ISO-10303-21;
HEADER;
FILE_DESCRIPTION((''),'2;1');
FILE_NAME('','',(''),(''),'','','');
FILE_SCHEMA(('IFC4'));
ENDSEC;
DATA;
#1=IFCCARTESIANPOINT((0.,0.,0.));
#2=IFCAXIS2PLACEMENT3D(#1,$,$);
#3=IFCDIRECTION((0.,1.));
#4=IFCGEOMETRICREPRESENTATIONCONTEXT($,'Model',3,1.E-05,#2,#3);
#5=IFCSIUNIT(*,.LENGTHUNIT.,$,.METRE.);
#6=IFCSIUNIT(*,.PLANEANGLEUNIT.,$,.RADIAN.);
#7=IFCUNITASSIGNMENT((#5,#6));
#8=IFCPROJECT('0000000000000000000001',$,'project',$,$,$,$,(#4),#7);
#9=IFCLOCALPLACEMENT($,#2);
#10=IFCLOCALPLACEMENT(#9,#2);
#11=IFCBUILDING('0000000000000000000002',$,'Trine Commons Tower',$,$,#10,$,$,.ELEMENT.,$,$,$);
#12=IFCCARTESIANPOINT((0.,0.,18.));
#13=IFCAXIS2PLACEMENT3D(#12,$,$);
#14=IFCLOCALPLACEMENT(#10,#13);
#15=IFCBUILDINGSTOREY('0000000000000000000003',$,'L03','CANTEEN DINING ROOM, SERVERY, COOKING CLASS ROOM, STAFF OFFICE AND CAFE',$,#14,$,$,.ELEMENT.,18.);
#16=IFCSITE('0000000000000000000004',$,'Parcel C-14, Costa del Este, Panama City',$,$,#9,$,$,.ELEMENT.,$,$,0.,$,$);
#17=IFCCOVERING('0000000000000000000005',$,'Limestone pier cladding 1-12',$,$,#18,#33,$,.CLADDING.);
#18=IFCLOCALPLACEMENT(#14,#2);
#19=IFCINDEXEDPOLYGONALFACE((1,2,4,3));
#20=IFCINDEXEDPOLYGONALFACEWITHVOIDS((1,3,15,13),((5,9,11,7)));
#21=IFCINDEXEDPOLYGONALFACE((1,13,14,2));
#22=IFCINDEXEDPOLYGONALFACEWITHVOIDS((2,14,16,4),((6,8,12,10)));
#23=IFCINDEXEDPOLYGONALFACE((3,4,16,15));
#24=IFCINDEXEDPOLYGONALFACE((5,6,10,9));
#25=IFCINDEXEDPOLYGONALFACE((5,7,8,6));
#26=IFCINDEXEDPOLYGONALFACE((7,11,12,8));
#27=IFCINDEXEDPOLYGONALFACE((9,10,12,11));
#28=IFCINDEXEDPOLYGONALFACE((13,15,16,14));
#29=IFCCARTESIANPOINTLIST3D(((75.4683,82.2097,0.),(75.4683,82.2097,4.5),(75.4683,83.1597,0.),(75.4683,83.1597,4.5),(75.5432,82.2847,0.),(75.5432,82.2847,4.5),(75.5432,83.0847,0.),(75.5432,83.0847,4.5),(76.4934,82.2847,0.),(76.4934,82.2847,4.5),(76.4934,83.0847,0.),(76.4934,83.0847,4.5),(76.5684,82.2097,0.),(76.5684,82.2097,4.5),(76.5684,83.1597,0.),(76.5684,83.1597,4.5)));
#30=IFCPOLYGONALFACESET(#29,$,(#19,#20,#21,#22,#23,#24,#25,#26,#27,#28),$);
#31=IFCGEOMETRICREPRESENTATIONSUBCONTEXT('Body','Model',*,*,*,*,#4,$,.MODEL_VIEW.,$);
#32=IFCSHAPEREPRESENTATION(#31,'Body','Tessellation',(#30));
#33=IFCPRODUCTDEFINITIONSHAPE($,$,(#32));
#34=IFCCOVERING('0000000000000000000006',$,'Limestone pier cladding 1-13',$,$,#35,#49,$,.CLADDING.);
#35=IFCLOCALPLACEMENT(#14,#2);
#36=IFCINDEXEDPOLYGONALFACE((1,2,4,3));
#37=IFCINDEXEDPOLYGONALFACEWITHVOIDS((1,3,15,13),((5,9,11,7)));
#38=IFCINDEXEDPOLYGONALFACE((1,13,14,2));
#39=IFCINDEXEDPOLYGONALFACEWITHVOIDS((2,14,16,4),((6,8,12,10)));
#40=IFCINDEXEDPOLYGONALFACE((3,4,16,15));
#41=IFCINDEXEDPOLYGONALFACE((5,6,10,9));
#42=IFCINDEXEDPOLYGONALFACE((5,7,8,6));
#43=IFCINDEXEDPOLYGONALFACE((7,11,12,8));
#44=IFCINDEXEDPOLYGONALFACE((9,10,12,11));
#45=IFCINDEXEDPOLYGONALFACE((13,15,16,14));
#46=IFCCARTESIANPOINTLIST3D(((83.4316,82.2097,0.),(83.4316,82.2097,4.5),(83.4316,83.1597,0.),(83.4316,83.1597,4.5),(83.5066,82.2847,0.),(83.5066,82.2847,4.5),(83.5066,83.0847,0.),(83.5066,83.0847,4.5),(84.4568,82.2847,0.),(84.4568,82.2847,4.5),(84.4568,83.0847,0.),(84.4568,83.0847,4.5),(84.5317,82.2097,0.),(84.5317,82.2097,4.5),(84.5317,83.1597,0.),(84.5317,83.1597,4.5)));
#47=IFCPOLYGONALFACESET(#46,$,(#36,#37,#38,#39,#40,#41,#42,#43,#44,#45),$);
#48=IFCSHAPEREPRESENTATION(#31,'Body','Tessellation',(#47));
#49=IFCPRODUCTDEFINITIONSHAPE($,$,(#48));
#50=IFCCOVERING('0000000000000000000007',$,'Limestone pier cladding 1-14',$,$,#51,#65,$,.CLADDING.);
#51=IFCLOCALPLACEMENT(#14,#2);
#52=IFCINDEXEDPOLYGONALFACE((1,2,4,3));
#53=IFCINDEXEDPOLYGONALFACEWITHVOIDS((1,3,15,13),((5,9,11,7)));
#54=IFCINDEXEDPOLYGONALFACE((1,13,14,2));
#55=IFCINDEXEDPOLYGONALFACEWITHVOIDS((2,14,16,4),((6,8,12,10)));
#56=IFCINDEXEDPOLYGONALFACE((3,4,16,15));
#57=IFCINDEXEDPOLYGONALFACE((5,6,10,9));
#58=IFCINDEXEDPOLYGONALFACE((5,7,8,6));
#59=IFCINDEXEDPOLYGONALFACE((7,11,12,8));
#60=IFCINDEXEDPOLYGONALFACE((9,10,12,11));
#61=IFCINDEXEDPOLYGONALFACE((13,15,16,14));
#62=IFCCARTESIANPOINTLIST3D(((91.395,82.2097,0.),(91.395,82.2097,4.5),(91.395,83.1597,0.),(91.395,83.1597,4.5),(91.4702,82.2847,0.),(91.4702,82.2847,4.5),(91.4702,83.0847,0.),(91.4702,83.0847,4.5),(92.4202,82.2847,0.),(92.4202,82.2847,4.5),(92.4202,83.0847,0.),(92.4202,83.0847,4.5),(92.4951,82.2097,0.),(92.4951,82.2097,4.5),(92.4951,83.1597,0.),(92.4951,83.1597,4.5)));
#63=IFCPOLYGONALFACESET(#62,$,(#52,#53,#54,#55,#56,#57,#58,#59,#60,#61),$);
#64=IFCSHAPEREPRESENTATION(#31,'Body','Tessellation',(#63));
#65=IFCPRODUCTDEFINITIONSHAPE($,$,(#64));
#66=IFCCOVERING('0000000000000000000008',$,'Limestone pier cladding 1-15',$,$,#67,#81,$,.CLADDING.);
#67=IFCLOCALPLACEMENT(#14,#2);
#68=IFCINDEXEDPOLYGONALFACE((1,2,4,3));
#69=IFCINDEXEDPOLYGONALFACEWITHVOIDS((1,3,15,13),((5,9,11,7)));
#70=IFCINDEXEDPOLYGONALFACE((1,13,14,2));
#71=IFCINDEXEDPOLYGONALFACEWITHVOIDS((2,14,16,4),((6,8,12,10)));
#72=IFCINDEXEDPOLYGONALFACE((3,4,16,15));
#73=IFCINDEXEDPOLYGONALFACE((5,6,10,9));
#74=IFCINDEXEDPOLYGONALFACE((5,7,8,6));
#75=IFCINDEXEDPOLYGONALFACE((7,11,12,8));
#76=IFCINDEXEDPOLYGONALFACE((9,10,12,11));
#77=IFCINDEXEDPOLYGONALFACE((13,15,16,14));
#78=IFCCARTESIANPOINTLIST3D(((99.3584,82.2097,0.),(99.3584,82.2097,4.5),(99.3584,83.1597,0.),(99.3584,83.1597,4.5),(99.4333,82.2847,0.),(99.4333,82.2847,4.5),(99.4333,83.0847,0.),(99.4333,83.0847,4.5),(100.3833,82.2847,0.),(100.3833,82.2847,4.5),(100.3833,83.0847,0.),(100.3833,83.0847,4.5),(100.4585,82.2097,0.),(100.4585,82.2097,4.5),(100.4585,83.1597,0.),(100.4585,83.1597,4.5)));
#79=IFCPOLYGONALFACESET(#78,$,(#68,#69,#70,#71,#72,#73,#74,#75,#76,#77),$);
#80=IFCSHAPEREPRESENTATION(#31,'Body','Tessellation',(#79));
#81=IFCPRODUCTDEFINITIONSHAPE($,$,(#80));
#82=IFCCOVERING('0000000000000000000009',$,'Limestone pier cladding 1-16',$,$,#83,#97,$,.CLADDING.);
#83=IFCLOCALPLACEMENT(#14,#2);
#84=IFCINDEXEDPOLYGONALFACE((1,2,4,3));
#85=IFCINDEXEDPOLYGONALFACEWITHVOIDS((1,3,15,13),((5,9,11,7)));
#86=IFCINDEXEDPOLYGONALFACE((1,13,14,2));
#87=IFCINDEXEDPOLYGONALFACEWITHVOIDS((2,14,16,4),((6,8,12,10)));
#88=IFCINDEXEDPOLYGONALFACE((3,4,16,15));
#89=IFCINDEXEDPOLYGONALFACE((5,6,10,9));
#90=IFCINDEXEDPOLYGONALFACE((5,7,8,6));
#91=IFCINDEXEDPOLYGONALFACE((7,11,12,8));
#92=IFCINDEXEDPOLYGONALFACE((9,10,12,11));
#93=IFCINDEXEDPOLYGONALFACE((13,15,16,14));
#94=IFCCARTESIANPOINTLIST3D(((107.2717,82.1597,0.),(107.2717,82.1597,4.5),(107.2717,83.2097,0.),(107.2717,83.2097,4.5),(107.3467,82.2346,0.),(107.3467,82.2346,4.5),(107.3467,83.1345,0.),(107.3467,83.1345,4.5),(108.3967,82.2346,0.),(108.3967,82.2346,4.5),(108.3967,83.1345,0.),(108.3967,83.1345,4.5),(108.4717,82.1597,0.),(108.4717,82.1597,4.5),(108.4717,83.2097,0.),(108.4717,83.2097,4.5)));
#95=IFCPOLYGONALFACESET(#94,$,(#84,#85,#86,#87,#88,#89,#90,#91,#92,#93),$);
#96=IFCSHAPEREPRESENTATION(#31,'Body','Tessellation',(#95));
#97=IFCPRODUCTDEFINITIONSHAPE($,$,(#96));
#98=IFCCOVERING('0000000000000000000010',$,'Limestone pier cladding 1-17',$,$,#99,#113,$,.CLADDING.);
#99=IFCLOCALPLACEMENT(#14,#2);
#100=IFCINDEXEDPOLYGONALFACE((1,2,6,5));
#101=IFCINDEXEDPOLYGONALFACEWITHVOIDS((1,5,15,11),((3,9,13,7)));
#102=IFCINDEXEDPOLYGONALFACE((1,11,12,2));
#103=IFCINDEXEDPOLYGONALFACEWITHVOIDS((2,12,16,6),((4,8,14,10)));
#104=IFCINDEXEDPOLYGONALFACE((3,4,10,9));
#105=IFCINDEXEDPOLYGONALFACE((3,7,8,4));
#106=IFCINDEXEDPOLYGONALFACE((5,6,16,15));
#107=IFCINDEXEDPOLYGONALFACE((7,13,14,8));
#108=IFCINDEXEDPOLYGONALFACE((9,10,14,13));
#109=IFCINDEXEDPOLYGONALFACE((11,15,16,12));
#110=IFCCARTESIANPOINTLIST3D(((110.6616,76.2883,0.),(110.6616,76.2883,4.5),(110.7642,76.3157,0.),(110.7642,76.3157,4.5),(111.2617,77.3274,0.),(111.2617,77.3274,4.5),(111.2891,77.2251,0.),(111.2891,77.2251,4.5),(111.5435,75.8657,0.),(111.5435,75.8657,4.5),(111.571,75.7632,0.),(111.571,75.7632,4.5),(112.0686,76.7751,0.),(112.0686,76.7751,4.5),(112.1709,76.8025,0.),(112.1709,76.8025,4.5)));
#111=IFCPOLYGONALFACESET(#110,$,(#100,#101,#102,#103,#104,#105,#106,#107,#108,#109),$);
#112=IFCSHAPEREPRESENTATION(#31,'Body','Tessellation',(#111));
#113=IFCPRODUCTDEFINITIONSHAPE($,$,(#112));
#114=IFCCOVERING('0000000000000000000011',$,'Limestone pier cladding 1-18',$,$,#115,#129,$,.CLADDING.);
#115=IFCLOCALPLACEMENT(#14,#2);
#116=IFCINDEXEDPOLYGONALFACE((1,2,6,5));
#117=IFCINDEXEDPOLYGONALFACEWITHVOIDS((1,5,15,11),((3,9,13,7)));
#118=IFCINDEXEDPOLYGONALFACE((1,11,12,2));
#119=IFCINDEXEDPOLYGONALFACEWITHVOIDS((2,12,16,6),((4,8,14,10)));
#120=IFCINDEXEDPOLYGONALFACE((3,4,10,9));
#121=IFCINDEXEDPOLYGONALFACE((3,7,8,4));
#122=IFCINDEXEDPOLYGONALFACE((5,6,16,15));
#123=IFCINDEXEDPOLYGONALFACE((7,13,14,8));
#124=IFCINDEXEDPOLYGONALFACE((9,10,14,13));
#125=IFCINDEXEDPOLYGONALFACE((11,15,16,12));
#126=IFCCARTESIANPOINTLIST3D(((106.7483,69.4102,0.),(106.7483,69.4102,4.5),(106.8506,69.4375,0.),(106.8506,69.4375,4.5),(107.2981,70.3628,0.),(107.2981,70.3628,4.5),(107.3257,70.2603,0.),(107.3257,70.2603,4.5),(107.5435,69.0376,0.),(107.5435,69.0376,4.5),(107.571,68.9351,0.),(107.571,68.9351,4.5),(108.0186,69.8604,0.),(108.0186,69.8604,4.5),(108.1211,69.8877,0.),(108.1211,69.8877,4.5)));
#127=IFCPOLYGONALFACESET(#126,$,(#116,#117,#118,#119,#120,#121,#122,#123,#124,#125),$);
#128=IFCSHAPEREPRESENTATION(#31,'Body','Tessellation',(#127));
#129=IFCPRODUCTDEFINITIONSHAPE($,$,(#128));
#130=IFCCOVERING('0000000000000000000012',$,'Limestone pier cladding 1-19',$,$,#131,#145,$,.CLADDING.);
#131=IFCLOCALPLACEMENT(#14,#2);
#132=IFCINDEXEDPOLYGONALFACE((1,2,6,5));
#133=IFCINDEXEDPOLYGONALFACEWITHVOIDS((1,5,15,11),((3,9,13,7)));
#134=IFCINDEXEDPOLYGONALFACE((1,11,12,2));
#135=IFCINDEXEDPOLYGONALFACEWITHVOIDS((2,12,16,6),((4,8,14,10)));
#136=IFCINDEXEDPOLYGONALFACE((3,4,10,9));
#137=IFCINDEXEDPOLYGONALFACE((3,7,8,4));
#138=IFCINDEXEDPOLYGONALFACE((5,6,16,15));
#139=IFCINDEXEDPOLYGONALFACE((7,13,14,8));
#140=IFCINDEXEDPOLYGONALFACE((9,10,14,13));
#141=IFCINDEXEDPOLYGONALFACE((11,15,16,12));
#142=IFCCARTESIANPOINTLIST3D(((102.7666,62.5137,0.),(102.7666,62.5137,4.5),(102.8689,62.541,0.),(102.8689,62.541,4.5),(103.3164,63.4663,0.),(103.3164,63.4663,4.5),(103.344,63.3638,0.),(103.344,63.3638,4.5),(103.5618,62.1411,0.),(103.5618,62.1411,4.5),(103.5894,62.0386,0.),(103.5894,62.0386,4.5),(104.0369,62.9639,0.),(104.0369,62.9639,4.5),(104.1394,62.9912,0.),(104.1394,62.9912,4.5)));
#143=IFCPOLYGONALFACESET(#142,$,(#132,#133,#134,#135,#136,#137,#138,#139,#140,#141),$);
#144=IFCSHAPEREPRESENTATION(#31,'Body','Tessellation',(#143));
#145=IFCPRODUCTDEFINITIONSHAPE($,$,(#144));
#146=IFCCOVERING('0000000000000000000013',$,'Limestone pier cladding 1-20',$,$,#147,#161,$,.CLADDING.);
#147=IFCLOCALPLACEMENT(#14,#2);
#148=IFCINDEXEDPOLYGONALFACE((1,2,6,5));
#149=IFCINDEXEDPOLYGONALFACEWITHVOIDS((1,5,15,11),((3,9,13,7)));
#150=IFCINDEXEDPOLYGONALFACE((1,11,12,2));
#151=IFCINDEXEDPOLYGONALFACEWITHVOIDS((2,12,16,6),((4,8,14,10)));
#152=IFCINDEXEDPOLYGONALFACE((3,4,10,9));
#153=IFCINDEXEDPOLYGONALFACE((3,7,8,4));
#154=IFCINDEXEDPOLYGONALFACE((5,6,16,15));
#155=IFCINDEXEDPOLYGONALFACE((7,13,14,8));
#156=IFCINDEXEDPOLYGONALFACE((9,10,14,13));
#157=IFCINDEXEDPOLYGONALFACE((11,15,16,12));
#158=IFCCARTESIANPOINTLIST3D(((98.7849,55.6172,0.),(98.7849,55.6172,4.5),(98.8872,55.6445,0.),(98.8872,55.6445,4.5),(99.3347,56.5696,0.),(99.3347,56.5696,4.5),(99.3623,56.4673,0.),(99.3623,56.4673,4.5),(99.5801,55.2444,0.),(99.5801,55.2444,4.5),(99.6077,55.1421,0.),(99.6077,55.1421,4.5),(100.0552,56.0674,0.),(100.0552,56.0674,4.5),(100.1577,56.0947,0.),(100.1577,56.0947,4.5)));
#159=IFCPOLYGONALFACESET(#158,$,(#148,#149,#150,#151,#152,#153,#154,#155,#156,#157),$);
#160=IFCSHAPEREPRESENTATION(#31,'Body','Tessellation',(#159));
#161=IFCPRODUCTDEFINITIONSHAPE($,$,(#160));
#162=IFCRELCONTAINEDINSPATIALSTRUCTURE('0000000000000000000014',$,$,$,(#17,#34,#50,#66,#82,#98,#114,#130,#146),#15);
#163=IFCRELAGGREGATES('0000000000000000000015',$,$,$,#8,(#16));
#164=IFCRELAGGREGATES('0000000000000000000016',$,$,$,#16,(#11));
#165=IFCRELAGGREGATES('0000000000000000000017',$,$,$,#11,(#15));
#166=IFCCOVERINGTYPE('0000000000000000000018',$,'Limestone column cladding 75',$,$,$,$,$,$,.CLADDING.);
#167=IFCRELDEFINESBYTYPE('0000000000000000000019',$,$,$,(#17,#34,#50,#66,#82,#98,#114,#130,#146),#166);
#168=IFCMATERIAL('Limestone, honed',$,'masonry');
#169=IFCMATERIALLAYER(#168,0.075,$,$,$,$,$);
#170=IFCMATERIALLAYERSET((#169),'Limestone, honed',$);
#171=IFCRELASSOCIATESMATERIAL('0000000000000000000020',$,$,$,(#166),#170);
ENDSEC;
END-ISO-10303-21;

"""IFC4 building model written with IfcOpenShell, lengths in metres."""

from ifc_helpers import new_model, si_unit, direction, frame, origin, place, context, subcontext, project, spatial, polyline, outline, extrude, material, layer, layer_set, type_object, element, save


model = new_model("IFC4")

# Units and contexts
model_context = context("Model", 3, precision=1e-05, world=origin(), true_north=direction((0.0, 1.0)))
body_context = subcontext(model_context, "Body", "Model", "MODEL_VIEW")
ifc_project = project(units=[si_unit("LENGTHUNIT", "METRE"), si_unit("PLANEANGLEUNIT", "RADIAN")], contexts=[model_context])

# Site, building, storey
site_placement = place(None, origin())
site = spatial("IfcSite", under=ifc_project, at=site_placement, Name="Parcel C-14, Costa del Este, Panama City", CompositionType="ELEMENT", RefElevation=0.0)
building_placement = place(site_placement, origin())
building = spatial("IfcBuilding", under=site, at=building_placement, Name="Trine Commons Tower", CompositionType="ELEMENT")
storey_placement = place(building_placement, frame((0.0, 0.0, 18.0)))
storey = spatial("IfcBuildingStorey", under=building, at=storey_placement, Name="L03", Description="CANTEEN DINING ROOM, SERVERY, COOKING CLASS ROOM, STAFF OFFICE AND CAFE", CompositionType="ELEMENT", Elevation=18.0)

# Coverings
ifc_material_1 = material(Name="Limestone, honed", Category="masonry")
ifc_layer_1 = layer(ifc_material_1, 0.075)
ifc_layer_set_1 = layer_set([ifc_layer_1], Name="Limestone, honed")
covering_type = type_object("IfcCoveringType", Name="Limestone column cladding 75", PredefinedType="CLADDING", material=ifc_layer_set_1)
covering_1_placement = place(storey_placement, origin())
element("IfcCovering", 1, at=covering_1_placement, inside=storey, type_object=covering_type, Name="Limestone pier cladding 1-12", PredefinedType="CLADDING", context=body_context, shape_type="SweptSolid", body=[
    extrude(outline(polyline([(76.5684, 82.2097), (76.5684, 83.1597), (75.4683, 83.1597), (75.4683, 82.2097), (76.5684, 82.2097)]), holes=[polyline([(76.4934, 82.2847), (76.4934, 83.0847), (75.5432, 83.0847), (75.5432, 82.2847), (76.4934, 82.2847)])]), origin(), (0.0, 0.0, 1.0), 4.5),
])
covering_2_placement = place(storey_placement, origin())
element("IfcCovering", 2, at=covering_2_placement, inside=storey, type_object=covering_type, Name="Limestone pier cladding 1-13", PredefinedType="CLADDING", context=body_context, shape_type="SweptSolid", body=[
    extrude(outline(polyline([(84.5317, 82.2097), (84.5317, 83.1597), (83.4316, 83.1597), (83.4316, 82.2097), (84.5317, 82.2097)]), holes=[polyline([(84.4568, 82.2847), (84.4568, 83.0847), (83.5066, 83.0847), (83.5066, 82.2847), (84.4568, 82.2847)])]), origin(), (0.0, 0.0, 1.0), 4.5),
])
covering_3_placement = place(storey_placement, origin())
element("IfcCovering", 3, at=covering_3_placement, inside=storey, type_object=covering_type, Name="Limestone pier cladding 1-14", PredefinedType="CLADDING", context=body_context, shape_type="SweptSolid", body=[
    extrude(outline(polyline([(92.4951, 82.2097), (92.4951, 83.1597), (91.395, 83.1597), (91.395, 82.2097), (92.4951, 82.2097)]), holes=[polyline([(92.4202, 82.2847), (92.4202, 83.0847), (91.4702, 83.0847), (91.4702, 82.2847), (92.4202, 82.2847)])]), origin(), (0.0, 0.0, 1.0), 4.5),
])
covering_4_placement = place(storey_placement, origin())
element("IfcCovering", 4, at=covering_4_placement, inside=storey, type_object=covering_type, Name="Limestone pier cladding 1-15", PredefinedType="CLADDING", context=body_context, shape_type="SweptSolid", body=[
    extrude(outline(polyline([(100.4585, 82.2097), (100.4585, 83.1597), (99.3584, 83.1597), (99.3584, 82.2097), (100.4585, 82.2097)]), holes=[polyline([(100.3833, 82.2847), (100.3833, 83.0847), (99.4333, 83.0847), (99.4333, 82.2847), (100.3833, 82.2847)])]), origin(), (0.0, 0.0, 1.0), 4.5),
])
covering_5_placement = place(storey_placement, origin())
element("IfcCovering", 5, at=covering_5_placement, inside=storey, type_object=covering_type, Name="Limestone pier cladding 1-16", PredefinedType="CLADDING", context=body_context, shape_type="SweptSolid", body=[
    extrude(outline(polyline([(108.4717, 82.1597), (108.4717, 83.2097), (107.2717, 83.2097), (107.2717, 82.1597), (108.4717, 82.1597)]), holes=[polyline([(108.3967, 82.2346), (108.3967, 83.1345), (107.3467, 83.1345), (107.3467, 82.2346), (108.3967, 82.2346)])]), origin(), (0.0, 0.0, 1.0), 4.5),
])
covering_6_placement = place(storey_placement, origin())
element("IfcCovering", 6, at=covering_6_placement, inside=storey, type_object=covering_type, Name="Limestone pier cladding 1-17", PredefinedType="CLADDING", context=body_context, shape_type="SweptSolid", body=[
    extrude(outline(polyline([(112.1709, 76.8025), (111.2617, 77.3274), (110.6616, 76.2883), (111.571, 75.7632), (112.1709, 76.8025)]), holes=[polyline([(112.0686, 76.7751), (111.2891, 77.2251), (110.7642, 76.3157), (111.5435, 75.8657), (112.0686, 76.7751)])]), origin(), (0.0, 0.0, 1.0), 4.5),
])
covering_7_placement = place(storey_placement, origin())
element("IfcCovering", 7, at=covering_7_placement, inside=storey, type_object=covering_type, Name="Limestone pier cladding 1-18", PredefinedType="CLADDING", context=body_context, shape_type="SweptSolid", body=[
    extrude(outline(polyline([(108.1211, 69.8877), (107.2981, 70.3628), (106.7483, 69.4102), (107.571, 68.9351), (108.1211, 69.8877)]), holes=[polyline([(108.0186, 69.8604), (107.3257, 70.2603), (106.8506, 69.4375), (107.5435, 69.0376), (108.0186, 69.8604)])]), origin(), (0.0, 0.0, 1.0), 4.5),
])
covering_8_placement = place(storey_placement, origin())
element("IfcCovering", 8, at=covering_8_placement, inside=storey, type_object=covering_type, Name="Limestone pier cladding 1-19", PredefinedType="CLADDING", context=body_context, shape_type="SweptSolid", body=[
    extrude(outline(polyline([(104.1394, 62.9912), (103.3164, 63.4663), (102.7666, 62.5137), (103.5894, 62.0386), (104.1394, 62.9912)]), holes=[polyline([(104.0369, 62.9639), (103.344, 63.3638), (102.8689, 62.541), (103.5618, 62.1411), (104.0369, 62.9639)])]), origin(), (0.0, 0.0, 1.0), 4.5),
])
covering_9_placement = place(storey_placement, origin())
element("IfcCovering", 9, at=covering_9_placement, inside=storey, type_object=covering_type, Name="Limestone pier cladding 1-20", PredefinedType="CLADDING", context=body_context, shape_type="SweptSolid", body=[
    extrude(outline(polyline([(100.1577, 56.0947), (99.3347, 56.5696), (98.7849, 55.6172), (99.6077, 55.1421), (100.1577, 56.0947)]), holes=[polyline([(100.0552, 56.0674), (99.3623, 56.4673), (98.8872, 55.6445), (99.5801, 55.2444), (100.0552, 56.0674)])]), origin(), (0.0, 0.0, 1.0), 4.5),
])

save(model, "model.ifc")
